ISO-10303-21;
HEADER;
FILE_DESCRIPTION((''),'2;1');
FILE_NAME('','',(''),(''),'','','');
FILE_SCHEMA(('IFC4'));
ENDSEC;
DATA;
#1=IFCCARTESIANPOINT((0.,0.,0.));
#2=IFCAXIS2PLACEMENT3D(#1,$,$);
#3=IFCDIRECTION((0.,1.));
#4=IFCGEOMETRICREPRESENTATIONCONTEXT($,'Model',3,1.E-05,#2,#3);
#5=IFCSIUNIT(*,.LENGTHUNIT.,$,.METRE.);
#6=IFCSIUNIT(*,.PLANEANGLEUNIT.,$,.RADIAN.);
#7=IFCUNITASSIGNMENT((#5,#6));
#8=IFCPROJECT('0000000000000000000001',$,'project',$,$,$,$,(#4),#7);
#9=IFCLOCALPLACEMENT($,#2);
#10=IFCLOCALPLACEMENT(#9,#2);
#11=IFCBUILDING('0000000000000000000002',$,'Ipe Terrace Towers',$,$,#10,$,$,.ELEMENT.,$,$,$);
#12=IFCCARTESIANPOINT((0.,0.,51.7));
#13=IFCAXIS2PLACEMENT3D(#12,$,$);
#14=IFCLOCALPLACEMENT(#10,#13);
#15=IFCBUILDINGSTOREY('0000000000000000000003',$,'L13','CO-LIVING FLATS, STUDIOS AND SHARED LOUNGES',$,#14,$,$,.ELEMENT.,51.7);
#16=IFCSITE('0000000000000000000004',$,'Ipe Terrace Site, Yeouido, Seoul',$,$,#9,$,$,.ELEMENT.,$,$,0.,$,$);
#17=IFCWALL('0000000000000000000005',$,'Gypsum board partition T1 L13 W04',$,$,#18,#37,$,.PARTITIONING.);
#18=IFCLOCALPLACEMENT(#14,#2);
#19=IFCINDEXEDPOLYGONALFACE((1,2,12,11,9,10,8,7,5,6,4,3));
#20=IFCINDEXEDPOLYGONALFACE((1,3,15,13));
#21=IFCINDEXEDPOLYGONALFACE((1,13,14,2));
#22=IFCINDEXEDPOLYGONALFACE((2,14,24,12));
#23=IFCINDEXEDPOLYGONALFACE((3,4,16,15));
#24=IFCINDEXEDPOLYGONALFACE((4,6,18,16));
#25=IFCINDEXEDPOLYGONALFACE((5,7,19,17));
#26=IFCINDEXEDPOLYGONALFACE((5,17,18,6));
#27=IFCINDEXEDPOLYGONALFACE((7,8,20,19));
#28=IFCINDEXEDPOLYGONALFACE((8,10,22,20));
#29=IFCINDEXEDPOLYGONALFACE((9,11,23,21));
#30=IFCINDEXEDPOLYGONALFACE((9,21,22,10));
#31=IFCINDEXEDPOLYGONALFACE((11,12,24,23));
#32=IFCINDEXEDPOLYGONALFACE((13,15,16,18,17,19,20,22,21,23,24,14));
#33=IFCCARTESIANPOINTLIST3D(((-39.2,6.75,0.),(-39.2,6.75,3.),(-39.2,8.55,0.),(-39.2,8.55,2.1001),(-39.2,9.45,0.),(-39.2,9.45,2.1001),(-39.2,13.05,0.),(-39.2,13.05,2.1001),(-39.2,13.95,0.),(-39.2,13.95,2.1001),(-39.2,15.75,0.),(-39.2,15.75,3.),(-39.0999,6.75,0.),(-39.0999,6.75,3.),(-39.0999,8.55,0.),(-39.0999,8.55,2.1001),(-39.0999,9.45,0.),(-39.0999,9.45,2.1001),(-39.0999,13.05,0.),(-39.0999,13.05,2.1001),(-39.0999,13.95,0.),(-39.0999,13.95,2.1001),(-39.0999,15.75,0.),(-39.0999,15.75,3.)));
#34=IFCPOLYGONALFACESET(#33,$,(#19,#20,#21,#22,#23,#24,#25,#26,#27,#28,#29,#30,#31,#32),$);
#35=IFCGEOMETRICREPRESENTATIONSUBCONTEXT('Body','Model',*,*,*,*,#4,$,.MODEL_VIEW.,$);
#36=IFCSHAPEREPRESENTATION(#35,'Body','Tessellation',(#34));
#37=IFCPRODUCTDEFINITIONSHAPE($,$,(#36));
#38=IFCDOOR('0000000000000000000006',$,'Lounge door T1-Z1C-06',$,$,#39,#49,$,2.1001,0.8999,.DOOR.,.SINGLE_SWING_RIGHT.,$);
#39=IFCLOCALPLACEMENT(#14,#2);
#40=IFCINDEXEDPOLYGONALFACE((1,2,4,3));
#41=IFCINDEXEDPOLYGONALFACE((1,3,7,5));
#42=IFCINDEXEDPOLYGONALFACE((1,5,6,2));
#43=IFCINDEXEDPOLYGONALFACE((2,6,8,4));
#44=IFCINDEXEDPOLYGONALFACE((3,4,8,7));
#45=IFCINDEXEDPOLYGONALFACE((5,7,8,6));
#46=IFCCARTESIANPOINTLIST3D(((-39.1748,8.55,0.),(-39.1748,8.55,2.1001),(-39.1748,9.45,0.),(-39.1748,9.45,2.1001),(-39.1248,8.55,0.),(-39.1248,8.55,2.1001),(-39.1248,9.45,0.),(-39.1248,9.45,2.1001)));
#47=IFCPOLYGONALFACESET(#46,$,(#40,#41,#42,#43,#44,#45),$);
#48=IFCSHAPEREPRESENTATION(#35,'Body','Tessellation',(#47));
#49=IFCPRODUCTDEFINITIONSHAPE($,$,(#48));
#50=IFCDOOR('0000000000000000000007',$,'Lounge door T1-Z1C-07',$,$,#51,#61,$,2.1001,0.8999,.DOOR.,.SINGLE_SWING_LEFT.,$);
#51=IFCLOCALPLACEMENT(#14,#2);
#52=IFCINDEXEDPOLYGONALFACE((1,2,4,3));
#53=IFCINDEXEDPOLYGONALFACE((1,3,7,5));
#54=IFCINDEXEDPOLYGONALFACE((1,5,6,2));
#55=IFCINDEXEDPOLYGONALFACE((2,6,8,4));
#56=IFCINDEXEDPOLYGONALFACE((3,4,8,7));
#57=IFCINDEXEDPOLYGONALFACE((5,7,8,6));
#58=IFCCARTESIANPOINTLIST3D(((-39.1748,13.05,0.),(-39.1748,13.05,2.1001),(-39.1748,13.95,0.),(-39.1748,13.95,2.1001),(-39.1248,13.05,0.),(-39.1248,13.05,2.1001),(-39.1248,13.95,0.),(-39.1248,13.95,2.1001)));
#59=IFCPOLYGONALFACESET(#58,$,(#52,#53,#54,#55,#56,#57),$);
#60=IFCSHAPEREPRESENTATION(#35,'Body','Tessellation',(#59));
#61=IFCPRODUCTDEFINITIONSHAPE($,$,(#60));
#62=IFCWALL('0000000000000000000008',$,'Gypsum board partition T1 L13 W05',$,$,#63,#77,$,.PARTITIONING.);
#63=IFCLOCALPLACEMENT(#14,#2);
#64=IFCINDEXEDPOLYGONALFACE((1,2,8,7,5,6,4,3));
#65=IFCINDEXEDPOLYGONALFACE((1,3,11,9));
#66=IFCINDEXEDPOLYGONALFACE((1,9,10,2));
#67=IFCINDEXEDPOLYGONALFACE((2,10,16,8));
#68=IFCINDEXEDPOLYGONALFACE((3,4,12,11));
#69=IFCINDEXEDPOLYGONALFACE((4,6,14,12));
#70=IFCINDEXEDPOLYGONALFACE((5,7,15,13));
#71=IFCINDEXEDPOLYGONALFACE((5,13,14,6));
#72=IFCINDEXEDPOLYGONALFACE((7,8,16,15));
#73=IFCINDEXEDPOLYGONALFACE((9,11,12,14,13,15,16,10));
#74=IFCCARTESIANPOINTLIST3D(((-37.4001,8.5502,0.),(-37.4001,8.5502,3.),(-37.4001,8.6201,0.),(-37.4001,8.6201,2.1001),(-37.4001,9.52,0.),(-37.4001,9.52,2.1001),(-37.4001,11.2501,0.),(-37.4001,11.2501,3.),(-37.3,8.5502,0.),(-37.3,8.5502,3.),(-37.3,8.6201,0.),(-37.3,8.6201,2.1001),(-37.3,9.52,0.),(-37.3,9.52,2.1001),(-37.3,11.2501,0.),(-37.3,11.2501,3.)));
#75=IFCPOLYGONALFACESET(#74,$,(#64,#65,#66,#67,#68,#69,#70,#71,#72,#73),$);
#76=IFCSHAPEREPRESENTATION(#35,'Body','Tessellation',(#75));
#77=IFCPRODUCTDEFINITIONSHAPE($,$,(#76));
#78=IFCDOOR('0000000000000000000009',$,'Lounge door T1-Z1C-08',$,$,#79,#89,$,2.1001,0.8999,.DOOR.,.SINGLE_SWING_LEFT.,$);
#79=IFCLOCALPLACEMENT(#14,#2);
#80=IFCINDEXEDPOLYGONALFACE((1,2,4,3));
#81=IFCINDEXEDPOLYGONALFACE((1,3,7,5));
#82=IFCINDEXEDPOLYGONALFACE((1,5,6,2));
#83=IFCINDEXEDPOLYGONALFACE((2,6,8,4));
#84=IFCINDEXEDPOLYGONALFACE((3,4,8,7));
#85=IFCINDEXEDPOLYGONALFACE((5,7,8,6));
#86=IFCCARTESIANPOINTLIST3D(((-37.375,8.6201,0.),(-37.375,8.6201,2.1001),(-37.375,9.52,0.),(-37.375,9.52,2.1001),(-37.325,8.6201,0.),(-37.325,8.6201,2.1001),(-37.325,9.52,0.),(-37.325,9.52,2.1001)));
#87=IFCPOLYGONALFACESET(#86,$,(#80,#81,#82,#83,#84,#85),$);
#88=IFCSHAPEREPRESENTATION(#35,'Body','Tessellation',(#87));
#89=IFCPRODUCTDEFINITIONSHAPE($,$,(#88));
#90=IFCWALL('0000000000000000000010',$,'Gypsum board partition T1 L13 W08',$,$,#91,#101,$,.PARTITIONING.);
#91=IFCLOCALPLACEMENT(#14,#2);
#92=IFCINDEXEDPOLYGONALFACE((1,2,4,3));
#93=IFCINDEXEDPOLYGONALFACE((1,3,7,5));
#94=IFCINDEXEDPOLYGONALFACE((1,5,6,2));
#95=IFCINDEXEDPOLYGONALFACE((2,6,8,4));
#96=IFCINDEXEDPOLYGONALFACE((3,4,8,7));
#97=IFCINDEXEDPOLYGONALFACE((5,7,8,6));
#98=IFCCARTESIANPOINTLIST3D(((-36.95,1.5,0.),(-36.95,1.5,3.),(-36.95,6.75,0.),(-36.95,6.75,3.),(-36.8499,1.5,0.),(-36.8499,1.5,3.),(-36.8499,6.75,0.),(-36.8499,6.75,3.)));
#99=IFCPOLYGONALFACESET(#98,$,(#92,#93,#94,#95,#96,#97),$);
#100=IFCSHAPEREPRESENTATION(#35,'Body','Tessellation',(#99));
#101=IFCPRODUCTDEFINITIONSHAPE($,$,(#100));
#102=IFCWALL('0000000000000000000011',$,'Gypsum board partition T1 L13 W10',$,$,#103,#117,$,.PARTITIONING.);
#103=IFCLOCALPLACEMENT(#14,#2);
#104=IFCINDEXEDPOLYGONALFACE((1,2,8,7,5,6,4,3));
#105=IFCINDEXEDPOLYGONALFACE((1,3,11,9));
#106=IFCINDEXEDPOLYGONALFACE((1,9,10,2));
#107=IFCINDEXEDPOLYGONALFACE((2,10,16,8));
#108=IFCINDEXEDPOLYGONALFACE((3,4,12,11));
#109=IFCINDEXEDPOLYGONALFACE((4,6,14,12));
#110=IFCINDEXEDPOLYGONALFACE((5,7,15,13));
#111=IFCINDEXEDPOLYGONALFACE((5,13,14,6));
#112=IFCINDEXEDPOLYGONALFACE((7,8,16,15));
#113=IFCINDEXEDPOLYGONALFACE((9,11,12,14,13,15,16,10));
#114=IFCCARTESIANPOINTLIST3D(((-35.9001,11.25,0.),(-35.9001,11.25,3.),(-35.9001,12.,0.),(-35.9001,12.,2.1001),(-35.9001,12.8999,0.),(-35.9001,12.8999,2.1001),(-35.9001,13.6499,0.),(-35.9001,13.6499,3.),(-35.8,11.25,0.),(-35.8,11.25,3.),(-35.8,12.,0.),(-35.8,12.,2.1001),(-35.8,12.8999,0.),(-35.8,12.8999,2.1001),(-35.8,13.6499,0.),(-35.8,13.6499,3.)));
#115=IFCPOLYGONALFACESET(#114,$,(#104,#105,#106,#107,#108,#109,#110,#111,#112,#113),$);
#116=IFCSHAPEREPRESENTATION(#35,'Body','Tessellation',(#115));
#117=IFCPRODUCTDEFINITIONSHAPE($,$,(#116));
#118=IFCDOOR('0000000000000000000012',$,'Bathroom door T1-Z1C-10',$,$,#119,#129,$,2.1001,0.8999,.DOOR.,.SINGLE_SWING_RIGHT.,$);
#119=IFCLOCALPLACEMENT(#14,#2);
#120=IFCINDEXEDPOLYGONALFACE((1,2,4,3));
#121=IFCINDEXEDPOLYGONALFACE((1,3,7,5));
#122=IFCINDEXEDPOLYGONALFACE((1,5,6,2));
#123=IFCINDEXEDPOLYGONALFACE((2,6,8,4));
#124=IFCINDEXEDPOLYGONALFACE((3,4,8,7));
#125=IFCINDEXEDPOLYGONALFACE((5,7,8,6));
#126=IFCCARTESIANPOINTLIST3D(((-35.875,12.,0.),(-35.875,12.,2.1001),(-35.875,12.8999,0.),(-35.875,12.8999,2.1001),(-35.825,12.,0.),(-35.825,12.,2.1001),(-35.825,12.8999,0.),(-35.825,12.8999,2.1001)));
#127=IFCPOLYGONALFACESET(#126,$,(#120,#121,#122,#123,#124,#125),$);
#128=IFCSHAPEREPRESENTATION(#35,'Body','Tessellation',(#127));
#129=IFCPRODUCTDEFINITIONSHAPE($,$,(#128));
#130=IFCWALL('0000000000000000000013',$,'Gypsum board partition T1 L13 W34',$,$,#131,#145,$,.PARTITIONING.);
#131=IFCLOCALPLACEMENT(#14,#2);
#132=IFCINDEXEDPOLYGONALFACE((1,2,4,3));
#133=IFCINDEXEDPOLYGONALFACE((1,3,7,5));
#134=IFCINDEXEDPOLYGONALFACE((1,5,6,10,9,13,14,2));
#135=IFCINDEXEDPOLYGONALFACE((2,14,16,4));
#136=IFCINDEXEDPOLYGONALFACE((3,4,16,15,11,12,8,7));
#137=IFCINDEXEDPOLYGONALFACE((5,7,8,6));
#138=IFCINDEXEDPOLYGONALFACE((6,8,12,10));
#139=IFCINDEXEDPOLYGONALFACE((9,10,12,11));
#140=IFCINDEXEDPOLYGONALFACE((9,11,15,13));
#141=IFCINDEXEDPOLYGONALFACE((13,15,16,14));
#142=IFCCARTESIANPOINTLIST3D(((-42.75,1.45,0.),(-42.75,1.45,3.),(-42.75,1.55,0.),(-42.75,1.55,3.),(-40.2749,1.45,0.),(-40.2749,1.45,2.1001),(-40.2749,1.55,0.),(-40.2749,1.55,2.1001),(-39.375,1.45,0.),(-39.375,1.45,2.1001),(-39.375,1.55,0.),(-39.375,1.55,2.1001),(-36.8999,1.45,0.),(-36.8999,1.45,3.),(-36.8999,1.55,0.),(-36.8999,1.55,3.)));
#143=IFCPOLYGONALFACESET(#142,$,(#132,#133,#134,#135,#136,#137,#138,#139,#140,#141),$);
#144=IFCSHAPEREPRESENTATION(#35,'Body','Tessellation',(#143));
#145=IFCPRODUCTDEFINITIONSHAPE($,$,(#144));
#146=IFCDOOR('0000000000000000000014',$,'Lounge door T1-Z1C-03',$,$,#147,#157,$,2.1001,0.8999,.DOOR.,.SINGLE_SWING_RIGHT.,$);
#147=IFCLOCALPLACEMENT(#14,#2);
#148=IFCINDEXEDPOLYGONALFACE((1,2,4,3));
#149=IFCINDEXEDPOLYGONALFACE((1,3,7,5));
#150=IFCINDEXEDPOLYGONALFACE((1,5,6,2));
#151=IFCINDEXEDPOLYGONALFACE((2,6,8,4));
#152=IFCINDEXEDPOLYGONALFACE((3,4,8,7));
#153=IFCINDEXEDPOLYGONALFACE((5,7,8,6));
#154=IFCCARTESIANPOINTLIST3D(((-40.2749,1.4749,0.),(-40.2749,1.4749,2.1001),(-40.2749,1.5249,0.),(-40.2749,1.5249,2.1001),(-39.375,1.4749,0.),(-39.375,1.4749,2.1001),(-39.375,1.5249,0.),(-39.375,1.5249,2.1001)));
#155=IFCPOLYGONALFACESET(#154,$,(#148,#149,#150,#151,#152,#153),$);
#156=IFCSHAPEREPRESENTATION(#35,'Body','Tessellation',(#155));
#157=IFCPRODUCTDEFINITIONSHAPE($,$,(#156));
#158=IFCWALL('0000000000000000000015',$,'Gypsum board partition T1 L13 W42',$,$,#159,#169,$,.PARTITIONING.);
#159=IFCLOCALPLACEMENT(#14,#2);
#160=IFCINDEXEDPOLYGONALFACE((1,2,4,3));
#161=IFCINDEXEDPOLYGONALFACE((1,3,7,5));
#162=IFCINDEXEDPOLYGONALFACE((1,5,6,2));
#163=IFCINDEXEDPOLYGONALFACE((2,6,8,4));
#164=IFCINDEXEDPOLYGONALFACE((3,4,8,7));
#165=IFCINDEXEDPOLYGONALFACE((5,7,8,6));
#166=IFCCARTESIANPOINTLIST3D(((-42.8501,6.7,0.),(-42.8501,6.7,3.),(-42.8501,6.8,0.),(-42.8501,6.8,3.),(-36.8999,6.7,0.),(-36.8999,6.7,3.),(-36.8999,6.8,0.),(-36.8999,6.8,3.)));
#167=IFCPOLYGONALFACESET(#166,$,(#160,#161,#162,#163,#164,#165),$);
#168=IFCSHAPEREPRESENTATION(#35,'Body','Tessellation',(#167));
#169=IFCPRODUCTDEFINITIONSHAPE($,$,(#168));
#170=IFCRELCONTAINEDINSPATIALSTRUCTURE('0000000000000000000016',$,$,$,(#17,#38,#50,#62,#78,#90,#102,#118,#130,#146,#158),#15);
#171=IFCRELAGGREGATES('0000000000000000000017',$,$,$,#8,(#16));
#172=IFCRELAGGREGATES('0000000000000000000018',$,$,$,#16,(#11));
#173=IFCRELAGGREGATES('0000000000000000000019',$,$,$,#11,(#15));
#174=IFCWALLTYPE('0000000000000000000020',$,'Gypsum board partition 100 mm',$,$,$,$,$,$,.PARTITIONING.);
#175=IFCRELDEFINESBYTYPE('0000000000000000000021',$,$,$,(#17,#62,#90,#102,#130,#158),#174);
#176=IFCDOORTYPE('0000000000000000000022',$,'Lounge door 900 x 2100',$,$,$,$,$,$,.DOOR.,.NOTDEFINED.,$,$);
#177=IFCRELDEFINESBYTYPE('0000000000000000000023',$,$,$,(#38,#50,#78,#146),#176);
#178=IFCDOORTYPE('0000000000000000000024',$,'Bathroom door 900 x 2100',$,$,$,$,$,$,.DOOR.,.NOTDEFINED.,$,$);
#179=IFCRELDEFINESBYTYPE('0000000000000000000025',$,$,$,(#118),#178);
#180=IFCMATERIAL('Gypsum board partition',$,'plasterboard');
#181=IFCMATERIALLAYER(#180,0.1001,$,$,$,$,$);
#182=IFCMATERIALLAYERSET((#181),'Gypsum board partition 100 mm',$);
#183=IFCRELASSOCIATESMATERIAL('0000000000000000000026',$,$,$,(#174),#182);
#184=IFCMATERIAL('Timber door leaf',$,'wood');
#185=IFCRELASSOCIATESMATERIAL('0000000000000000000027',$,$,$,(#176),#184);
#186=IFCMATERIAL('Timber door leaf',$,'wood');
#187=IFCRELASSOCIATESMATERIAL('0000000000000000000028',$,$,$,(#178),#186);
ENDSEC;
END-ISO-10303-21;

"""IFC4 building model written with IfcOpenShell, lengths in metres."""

from ifc_helpers import new_model, si_unit, direction, frame, frame_2d, origin, place, context, subcontext, project, spatial, rectangle, extrude, material, layer, layer_set, type_object, element, fill, save


model = new_model("IFC4")

# Units and contexts
model_context = context("Model", 3, precision=1e-05, world=origin(), true_north=direction((0.0, 1.0)))
body_context = subcontext(model_context, "Body", "Model", "MODEL_VIEW")
ifc_project = project(units=[si_unit("LENGTHUNIT", "METRE"), si_unit("PLANEANGLEUNIT", "RADIAN")], contexts=[model_context])

# Site, building, storey
site_placement = place(None, origin())
site = spatial("IfcSite", under=ifc_project, at=site_placement, Name="Ipe Terrace Site, Yeouido, Seoul", CompositionType="ELEMENT", RefElevation=0.0)
building_placement = place(site_placement, origin())
building = spatial("IfcBuilding", under=site, at=building_placement, Name="Ipe Terrace Towers", CompositionType="ELEMENT")
storey_placement = place(building_placement, frame((0.0, 0.0, 51.7)))
storey = spatial("IfcBuildingStorey", under=building, at=storey_placement, Name="L13", Description="CO-LIVING FLATS, STUDIOS AND SHARED LOUNGES", CompositionType="ELEMENT", Elevation=51.7)

# Wall, openings, doors
ifc_material_1 = material(Name="Gypsum board partition", Category="plasterboard")
ifc_layer_1 = layer(ifc_material_1, 0.1001)
ifc_layer_set_1 = layer_set([ifc_layer_1], Name="Gypsum board partition 100 mm")
wall_type_1 = type_object("IfcWallType", Name="Gypsum board partition 100 mm", PredefinedType="PARTITIONING", material=ifc_layer_set_1)
wall_1_placement = place(storey_placement, frame((-39.1499, 6.75, 0.0), z_axis=(0.0, 0.0, 1.0), x_axis=(0.0, 1.0, 0.0)))
wall_1 = element("IfcWall", 1, at=wall_1_placement, inside=storey, type_object=wall_type_1, Name="Gypsum board partition T1 L13 W04", PredefinedType="PARTITIONING", context=body_context, shape_type="SweptSolid", body=[
    extrude(rectangle(XDim=9.0, YDim=0.1001, at=frame_2d((4.5, 0.0))), origin(), (0.0, 0.0, 1.0), 3.0),
])
opening_1_placement = place(wall_1_placement, frame((1.8, 0.0, 0.0)))
opening_1 = element("IfcOpeningElement", 2, at=opening_1_placement, cuts=wall_1, PredefinedType="OPENING", context=body_context, shape_type="SweptSolid", body=[
    extrude(rectangle(XDim=0.8999, YDim=2.1001, at=frame_2d((0.45, 1.05))), frame((0.0, 0.0601, 0.0), z_axis=(0.0, -1.0, 0.0), x_axis=(1.0, 0.0, 0.0)), (0.0, 0.0, 1.0), 0.1201),
])
opening_2_placement = place(wall_1_placement, frame((6.3, 0.0, 0.0)))
opening_2 = element("IfcOpeningElement", 3, at=opening_2_placement, cuts=wall_1, PredefinedType="OPENING", context=body_context, shape_type="SweptSolid", body=[
    extrude(rectangle(XDim=0.8999, YDim=2.1001, at=frame_2d((0.45, 1.05))), frame((0.0, 0.0601, 0.0), z_axis=(0.0, -1.0, 0.0), x_axis=(1.0, 0.0, 0.0)), (0.0, 0.0, 1.0), 0.1201),
])
ifc_material_2 = material(Name="Timber door leaf", Category="wood")
door_type_1 = type_object("IfcDoorType", Name="Lounge door 900 x 2100", OperationType="NOTDEFINED", PredefinedType="DOOR", material=ifc_material_2)
door_1_placement = place(opening_1_placement, origin())
door_1 = element("IfcDoor", 4, at=door_1_placement, inside=storey, type_object=door_type_1, Name="Lounge door T1-Z1C-06", OperationType="SINGLE_SWING_RIGHT", OverallHeight=2.1001, OverallWidth=0.8999, PredefinedType="DOOR", context=body_context, shape_type="SweptSolid", body=[
    extrude(rectangle(XDim=0.8999, YDim=2.1001, at=frame_2d((0.45, 1.05))), frame((0.0, 0.0249, 0.0), z_axis=(0.0, -1.0, 0.0), x_axis=(1.0, 0.0, 0.0)), (0.0, 0.0, 1.0), 0.05),
])
fill(opening_1, door_1)
door_2_placement = place(opening_2_placement, origin())
door_2 = element("IfcDoor", 5, at=door_2_placement, inside=storey, type_object=door_type_1, Name="Lounge door T1-Z1C-07", OperationType="SINGLE_SWING_LEFT", OverallHeight=2.1001, OverallWidth=0.8999, PredefinedType="DOOR", context=body_context, shape_type="SweptSolid", body=[
    extrude(rectangle(XDim=0.8999, YDim=2.1001, at=frame_2d((0.45, 1.05))), frame((0.0, 0.0249, 0.0), z_axis=(0.0, -1.0, 0.0), x_axis=(1.0, 0.0, 0.0)), (0.0, 0.0, 1.0), 0.05),
])
fill(opening_2, door_2)

# Wall, opening, door
wall_2_placement = place(storey_placement, frame((-37.3501, 8.55, 0.0), z_axis=(0.0, 0.0, 1.0), x_axis=(0.0, 1.0, 0.0)))
wall_2 = element("IfcWall", 6, at=wall_2_placement, inside=storey, type_object=wall_type_1, Name="Gypsum board partition T1 L13 W05", PredefinedType="PARTITIONING", context=body_context, shape_type="SweptSolid", body=[
    extrude(rectangle(XDim=2.7, YDim=0.1001, at=frame_2d((1.3501, 0.0))), origin(), (0.0, 0.0, 1.0), 3.0),
])
opening_3_placement = place(wall_2_placement, frame((0.0701, 0.0, 0.0)))
opening_3 = element("IfcOpeningElement", 7, at=opening_3_placement, cuts=wall_2, PredefinedType="OPENING", context=body_context, shape_type="SweptSolid", body=[
    extrude(rectangle(XDim=0.8999, YDim=2.1001, at=frame_2d((0.45, 1.05))), frame((0.0, 0.0601, 0.0), z_axis=(0.0, -1.0, 0.0), x_axis=(1.0, 0.0, 0.0)), (0.0, 0.0, 1.0), 0.1201),
])
door_3_placement = place(opening_3_placement, origin())
door_3 = element("IfcDoor", 8, at=door_3_placement, inside=storey, type_object=door_type_1, Name="Lounge door T1-Z1C-08", OperationType="SINGLE_SWING_LEFT", OverallHeight=2.1001, OverallWidth=0.8999, PredefinedType="DOOR", context=body_context, shape_type="SweptSolid", body=[
    extrude(rectangle(XDim=0.8999, YDim=2.1001, at=frame_2d((0.45, 1.05))), frame((0.0, 0.0249, 0.0), z_axis=(0.0, -1.0, 0.0), x_axis=(1.0, 0.0, 0.0)), (0.0, 0.0, 1.0), 0.05),
])
fill(opening_3, door_3)

# Wall
wall_3_placement = place(storey_placement, frame((-36.8999, 1.5, 0.0), z_axis=(0.0, 0.0, 1.0), x_axis=(0.0, 1.0, 0.0)))
element("IfcWall", 9, at=wall_3_placement, inside=storey, type_object=wall_type_1, Name="Gypsum board partition T1 L13 W08", PredefinedType="PARTITIONING", context=body_context, shape_type="SweptSolid", body=[
    extrude(rectangle(XDim=5.25, YDim=0.1001, at=frame_2d((2.625, 0.0))), origin(), (0.0, 0.0, 1.0), 3.0),
])

# Walls, openings, doors
wall_4_placement = place(storey_placement, frame((-35.8501, 11.25, 0.0), z_axis=(0.0, 0.0, 1.0), x_axis=(0.0, 1.0, 0.0)))
wall_4 = element("IfcWall", 10, at=wall_4_placement, inside=storey, type_object=wall_type_1, Name="Gypsum board partition T1 L13 W10", PredefinedType="PARTITIONING", context=body_context, shape_type="SweptSolid", body=[
    extrude(rectangle(XDim=2.3999, YDim=0.1001, at=frame_2d((1.2, 0.0))), origin(), (0.0, 0.0, 1.0), 3.0),
])
opening_4_placement = place(wall_4_placement, frame((0.75, 0.0, 0.0)))
opening_4 = element("IfcOpeningElement", 11, at=opening_4_placement, cuts=wall_4, PredefinedType="OPENING", context=body_context, shape_type="SweptSolid", body=[
    extrude(rectangle(XDim=0.8999, YDim=2.1001, at=frame_2d((0.45, 1.05))), frame((0.0, 0.0601, 0.0), z_axis=(0.0, -1.0, 0.0), x_axis=(1.0, 0.0, 0.0)), (0.0, 0.0, 1.0), 0.1201),
])
ifc_material_3 = material(Name="Timber door leaf", Category="wood")
door_type_2 = type_object("IfcDoorType", Name="Bathroom door 900 x 2100", OperationType="NOTDEFINED", PredefinedType="DOOR", material=ifc_material_3)
door_4_placement = place(opening_4_placement, origin())
door_4 = element("IfcDoor", 12, at=door_4_placement, inside=storey, type_object=door_type_2, Name="Bathroom door T1-Z1C-10", OperationType="SINGLE_SWING_RIGHT", OverallHeight=2.1001, OverallWidth=0.8999, PredefinedType="DOOR", context=body_context, shape_type="SweptSolid", body=[
    extrude(rectangle(XDim=0.8999, YDim=2.1001, at=frame_2d((0.45, 1.05))), frame((0.0, 0.0249, 0.0), z_axis=(0.0, -1.0, 0.0), x_axis=(1.0, 0.0, 0.0)), (0.0, 0.0, 1.0), 0.05),
])
fill(opening_4, door_4)
wall_5_placement = place(storey_placement, frame((-42.75, 1.5, 0.0), z_axis=(0.0, 0.0, 1.0), x_axis=(1.0, 0.0, 0.0)))
wall_5 = element("IfcWall", 13, at=wall_5_placement, inside=storey, type_object=wall_type_1, Name="Gypsum board partition T1 L13 W34", PredefinedType="PARTITIONING", context=body_context, shape_type="SweptSolid", body=[
    extrude(rectangle(XDim=5.8501, YDim=0.1001, at=frame_2d((2.925, 0.0))), origin(), (0.0, 0.0, 1.0), 3.0),
])
opening_5_placement = place(wall_5_placement, frame((2.4751, 0.0, 0.0)))
opening_5 = element("IfcOpeningElement", 14, at=opening_5_placement, cuts=wall_5, PredefinedType="OPENING", context=body_context, shape_type="SweptSolid", body=[
    extrude(rectangle(XDim=0.8999, YDim=2.1001, at=frame_2d((0.45, 1.05))), frame((0.0, 0.0601, 0.0), z_axis=(0.0, -1.0, 0.0), x_axis=(1.0, 0.0, 0.0)), (0.0, 0.0, 1.0), 0.1201),
])
door_5_placement = place(opening_5_placement, origin())
door_5 = element("IfcDoor", 15, at=door_5_placement, inside=storey, type_object=door_type_1, Name="Lounge door T1-Z1C-03", OperationType="SINGLE_SWING_RIGHT", OverallHeight=2.1001, OverallWidth=0.8999, PredefinedType="DOOR", context=body_context, shape_type="SweptSolid", body=[
    extrude(rectangle(XDim=0.8999, YDim=2.1001, at=frame_2d((0.45, 1.05))), frame((0.0, 0.0249, 0.0), z_axis=(0.0, -1.0, 0.0), x_axis=(1.0, 0.0, 0.0)), (0.0, 0.0, 1.0), 0.05),
])
fill(opening_5, door_5)

# Wall
wall_6_placement = place(storey_placement, frame((-42.8501, 6.75, 0.0), z_axis=(0.0, 0.0, 1.0), x_axis=(1.0, 0.0, 0.0)))
element("IfcWall", 16, at=wall_6_placement, inside=storey, type_object=wall_type_1, Name="Gypsum board partition T1 L13 W42", PredefinedType="PARTITIONING", context=body_context, shape_type="SweptSolid", body=[
    extrude(rectangle(XDim=5.9502, YDim=0.1001, at=frame_2d((2.9751, 0.0))), origin(), (0.0, 0.0, 1.0), 3.0),
])

save(model, "model.ifc")
